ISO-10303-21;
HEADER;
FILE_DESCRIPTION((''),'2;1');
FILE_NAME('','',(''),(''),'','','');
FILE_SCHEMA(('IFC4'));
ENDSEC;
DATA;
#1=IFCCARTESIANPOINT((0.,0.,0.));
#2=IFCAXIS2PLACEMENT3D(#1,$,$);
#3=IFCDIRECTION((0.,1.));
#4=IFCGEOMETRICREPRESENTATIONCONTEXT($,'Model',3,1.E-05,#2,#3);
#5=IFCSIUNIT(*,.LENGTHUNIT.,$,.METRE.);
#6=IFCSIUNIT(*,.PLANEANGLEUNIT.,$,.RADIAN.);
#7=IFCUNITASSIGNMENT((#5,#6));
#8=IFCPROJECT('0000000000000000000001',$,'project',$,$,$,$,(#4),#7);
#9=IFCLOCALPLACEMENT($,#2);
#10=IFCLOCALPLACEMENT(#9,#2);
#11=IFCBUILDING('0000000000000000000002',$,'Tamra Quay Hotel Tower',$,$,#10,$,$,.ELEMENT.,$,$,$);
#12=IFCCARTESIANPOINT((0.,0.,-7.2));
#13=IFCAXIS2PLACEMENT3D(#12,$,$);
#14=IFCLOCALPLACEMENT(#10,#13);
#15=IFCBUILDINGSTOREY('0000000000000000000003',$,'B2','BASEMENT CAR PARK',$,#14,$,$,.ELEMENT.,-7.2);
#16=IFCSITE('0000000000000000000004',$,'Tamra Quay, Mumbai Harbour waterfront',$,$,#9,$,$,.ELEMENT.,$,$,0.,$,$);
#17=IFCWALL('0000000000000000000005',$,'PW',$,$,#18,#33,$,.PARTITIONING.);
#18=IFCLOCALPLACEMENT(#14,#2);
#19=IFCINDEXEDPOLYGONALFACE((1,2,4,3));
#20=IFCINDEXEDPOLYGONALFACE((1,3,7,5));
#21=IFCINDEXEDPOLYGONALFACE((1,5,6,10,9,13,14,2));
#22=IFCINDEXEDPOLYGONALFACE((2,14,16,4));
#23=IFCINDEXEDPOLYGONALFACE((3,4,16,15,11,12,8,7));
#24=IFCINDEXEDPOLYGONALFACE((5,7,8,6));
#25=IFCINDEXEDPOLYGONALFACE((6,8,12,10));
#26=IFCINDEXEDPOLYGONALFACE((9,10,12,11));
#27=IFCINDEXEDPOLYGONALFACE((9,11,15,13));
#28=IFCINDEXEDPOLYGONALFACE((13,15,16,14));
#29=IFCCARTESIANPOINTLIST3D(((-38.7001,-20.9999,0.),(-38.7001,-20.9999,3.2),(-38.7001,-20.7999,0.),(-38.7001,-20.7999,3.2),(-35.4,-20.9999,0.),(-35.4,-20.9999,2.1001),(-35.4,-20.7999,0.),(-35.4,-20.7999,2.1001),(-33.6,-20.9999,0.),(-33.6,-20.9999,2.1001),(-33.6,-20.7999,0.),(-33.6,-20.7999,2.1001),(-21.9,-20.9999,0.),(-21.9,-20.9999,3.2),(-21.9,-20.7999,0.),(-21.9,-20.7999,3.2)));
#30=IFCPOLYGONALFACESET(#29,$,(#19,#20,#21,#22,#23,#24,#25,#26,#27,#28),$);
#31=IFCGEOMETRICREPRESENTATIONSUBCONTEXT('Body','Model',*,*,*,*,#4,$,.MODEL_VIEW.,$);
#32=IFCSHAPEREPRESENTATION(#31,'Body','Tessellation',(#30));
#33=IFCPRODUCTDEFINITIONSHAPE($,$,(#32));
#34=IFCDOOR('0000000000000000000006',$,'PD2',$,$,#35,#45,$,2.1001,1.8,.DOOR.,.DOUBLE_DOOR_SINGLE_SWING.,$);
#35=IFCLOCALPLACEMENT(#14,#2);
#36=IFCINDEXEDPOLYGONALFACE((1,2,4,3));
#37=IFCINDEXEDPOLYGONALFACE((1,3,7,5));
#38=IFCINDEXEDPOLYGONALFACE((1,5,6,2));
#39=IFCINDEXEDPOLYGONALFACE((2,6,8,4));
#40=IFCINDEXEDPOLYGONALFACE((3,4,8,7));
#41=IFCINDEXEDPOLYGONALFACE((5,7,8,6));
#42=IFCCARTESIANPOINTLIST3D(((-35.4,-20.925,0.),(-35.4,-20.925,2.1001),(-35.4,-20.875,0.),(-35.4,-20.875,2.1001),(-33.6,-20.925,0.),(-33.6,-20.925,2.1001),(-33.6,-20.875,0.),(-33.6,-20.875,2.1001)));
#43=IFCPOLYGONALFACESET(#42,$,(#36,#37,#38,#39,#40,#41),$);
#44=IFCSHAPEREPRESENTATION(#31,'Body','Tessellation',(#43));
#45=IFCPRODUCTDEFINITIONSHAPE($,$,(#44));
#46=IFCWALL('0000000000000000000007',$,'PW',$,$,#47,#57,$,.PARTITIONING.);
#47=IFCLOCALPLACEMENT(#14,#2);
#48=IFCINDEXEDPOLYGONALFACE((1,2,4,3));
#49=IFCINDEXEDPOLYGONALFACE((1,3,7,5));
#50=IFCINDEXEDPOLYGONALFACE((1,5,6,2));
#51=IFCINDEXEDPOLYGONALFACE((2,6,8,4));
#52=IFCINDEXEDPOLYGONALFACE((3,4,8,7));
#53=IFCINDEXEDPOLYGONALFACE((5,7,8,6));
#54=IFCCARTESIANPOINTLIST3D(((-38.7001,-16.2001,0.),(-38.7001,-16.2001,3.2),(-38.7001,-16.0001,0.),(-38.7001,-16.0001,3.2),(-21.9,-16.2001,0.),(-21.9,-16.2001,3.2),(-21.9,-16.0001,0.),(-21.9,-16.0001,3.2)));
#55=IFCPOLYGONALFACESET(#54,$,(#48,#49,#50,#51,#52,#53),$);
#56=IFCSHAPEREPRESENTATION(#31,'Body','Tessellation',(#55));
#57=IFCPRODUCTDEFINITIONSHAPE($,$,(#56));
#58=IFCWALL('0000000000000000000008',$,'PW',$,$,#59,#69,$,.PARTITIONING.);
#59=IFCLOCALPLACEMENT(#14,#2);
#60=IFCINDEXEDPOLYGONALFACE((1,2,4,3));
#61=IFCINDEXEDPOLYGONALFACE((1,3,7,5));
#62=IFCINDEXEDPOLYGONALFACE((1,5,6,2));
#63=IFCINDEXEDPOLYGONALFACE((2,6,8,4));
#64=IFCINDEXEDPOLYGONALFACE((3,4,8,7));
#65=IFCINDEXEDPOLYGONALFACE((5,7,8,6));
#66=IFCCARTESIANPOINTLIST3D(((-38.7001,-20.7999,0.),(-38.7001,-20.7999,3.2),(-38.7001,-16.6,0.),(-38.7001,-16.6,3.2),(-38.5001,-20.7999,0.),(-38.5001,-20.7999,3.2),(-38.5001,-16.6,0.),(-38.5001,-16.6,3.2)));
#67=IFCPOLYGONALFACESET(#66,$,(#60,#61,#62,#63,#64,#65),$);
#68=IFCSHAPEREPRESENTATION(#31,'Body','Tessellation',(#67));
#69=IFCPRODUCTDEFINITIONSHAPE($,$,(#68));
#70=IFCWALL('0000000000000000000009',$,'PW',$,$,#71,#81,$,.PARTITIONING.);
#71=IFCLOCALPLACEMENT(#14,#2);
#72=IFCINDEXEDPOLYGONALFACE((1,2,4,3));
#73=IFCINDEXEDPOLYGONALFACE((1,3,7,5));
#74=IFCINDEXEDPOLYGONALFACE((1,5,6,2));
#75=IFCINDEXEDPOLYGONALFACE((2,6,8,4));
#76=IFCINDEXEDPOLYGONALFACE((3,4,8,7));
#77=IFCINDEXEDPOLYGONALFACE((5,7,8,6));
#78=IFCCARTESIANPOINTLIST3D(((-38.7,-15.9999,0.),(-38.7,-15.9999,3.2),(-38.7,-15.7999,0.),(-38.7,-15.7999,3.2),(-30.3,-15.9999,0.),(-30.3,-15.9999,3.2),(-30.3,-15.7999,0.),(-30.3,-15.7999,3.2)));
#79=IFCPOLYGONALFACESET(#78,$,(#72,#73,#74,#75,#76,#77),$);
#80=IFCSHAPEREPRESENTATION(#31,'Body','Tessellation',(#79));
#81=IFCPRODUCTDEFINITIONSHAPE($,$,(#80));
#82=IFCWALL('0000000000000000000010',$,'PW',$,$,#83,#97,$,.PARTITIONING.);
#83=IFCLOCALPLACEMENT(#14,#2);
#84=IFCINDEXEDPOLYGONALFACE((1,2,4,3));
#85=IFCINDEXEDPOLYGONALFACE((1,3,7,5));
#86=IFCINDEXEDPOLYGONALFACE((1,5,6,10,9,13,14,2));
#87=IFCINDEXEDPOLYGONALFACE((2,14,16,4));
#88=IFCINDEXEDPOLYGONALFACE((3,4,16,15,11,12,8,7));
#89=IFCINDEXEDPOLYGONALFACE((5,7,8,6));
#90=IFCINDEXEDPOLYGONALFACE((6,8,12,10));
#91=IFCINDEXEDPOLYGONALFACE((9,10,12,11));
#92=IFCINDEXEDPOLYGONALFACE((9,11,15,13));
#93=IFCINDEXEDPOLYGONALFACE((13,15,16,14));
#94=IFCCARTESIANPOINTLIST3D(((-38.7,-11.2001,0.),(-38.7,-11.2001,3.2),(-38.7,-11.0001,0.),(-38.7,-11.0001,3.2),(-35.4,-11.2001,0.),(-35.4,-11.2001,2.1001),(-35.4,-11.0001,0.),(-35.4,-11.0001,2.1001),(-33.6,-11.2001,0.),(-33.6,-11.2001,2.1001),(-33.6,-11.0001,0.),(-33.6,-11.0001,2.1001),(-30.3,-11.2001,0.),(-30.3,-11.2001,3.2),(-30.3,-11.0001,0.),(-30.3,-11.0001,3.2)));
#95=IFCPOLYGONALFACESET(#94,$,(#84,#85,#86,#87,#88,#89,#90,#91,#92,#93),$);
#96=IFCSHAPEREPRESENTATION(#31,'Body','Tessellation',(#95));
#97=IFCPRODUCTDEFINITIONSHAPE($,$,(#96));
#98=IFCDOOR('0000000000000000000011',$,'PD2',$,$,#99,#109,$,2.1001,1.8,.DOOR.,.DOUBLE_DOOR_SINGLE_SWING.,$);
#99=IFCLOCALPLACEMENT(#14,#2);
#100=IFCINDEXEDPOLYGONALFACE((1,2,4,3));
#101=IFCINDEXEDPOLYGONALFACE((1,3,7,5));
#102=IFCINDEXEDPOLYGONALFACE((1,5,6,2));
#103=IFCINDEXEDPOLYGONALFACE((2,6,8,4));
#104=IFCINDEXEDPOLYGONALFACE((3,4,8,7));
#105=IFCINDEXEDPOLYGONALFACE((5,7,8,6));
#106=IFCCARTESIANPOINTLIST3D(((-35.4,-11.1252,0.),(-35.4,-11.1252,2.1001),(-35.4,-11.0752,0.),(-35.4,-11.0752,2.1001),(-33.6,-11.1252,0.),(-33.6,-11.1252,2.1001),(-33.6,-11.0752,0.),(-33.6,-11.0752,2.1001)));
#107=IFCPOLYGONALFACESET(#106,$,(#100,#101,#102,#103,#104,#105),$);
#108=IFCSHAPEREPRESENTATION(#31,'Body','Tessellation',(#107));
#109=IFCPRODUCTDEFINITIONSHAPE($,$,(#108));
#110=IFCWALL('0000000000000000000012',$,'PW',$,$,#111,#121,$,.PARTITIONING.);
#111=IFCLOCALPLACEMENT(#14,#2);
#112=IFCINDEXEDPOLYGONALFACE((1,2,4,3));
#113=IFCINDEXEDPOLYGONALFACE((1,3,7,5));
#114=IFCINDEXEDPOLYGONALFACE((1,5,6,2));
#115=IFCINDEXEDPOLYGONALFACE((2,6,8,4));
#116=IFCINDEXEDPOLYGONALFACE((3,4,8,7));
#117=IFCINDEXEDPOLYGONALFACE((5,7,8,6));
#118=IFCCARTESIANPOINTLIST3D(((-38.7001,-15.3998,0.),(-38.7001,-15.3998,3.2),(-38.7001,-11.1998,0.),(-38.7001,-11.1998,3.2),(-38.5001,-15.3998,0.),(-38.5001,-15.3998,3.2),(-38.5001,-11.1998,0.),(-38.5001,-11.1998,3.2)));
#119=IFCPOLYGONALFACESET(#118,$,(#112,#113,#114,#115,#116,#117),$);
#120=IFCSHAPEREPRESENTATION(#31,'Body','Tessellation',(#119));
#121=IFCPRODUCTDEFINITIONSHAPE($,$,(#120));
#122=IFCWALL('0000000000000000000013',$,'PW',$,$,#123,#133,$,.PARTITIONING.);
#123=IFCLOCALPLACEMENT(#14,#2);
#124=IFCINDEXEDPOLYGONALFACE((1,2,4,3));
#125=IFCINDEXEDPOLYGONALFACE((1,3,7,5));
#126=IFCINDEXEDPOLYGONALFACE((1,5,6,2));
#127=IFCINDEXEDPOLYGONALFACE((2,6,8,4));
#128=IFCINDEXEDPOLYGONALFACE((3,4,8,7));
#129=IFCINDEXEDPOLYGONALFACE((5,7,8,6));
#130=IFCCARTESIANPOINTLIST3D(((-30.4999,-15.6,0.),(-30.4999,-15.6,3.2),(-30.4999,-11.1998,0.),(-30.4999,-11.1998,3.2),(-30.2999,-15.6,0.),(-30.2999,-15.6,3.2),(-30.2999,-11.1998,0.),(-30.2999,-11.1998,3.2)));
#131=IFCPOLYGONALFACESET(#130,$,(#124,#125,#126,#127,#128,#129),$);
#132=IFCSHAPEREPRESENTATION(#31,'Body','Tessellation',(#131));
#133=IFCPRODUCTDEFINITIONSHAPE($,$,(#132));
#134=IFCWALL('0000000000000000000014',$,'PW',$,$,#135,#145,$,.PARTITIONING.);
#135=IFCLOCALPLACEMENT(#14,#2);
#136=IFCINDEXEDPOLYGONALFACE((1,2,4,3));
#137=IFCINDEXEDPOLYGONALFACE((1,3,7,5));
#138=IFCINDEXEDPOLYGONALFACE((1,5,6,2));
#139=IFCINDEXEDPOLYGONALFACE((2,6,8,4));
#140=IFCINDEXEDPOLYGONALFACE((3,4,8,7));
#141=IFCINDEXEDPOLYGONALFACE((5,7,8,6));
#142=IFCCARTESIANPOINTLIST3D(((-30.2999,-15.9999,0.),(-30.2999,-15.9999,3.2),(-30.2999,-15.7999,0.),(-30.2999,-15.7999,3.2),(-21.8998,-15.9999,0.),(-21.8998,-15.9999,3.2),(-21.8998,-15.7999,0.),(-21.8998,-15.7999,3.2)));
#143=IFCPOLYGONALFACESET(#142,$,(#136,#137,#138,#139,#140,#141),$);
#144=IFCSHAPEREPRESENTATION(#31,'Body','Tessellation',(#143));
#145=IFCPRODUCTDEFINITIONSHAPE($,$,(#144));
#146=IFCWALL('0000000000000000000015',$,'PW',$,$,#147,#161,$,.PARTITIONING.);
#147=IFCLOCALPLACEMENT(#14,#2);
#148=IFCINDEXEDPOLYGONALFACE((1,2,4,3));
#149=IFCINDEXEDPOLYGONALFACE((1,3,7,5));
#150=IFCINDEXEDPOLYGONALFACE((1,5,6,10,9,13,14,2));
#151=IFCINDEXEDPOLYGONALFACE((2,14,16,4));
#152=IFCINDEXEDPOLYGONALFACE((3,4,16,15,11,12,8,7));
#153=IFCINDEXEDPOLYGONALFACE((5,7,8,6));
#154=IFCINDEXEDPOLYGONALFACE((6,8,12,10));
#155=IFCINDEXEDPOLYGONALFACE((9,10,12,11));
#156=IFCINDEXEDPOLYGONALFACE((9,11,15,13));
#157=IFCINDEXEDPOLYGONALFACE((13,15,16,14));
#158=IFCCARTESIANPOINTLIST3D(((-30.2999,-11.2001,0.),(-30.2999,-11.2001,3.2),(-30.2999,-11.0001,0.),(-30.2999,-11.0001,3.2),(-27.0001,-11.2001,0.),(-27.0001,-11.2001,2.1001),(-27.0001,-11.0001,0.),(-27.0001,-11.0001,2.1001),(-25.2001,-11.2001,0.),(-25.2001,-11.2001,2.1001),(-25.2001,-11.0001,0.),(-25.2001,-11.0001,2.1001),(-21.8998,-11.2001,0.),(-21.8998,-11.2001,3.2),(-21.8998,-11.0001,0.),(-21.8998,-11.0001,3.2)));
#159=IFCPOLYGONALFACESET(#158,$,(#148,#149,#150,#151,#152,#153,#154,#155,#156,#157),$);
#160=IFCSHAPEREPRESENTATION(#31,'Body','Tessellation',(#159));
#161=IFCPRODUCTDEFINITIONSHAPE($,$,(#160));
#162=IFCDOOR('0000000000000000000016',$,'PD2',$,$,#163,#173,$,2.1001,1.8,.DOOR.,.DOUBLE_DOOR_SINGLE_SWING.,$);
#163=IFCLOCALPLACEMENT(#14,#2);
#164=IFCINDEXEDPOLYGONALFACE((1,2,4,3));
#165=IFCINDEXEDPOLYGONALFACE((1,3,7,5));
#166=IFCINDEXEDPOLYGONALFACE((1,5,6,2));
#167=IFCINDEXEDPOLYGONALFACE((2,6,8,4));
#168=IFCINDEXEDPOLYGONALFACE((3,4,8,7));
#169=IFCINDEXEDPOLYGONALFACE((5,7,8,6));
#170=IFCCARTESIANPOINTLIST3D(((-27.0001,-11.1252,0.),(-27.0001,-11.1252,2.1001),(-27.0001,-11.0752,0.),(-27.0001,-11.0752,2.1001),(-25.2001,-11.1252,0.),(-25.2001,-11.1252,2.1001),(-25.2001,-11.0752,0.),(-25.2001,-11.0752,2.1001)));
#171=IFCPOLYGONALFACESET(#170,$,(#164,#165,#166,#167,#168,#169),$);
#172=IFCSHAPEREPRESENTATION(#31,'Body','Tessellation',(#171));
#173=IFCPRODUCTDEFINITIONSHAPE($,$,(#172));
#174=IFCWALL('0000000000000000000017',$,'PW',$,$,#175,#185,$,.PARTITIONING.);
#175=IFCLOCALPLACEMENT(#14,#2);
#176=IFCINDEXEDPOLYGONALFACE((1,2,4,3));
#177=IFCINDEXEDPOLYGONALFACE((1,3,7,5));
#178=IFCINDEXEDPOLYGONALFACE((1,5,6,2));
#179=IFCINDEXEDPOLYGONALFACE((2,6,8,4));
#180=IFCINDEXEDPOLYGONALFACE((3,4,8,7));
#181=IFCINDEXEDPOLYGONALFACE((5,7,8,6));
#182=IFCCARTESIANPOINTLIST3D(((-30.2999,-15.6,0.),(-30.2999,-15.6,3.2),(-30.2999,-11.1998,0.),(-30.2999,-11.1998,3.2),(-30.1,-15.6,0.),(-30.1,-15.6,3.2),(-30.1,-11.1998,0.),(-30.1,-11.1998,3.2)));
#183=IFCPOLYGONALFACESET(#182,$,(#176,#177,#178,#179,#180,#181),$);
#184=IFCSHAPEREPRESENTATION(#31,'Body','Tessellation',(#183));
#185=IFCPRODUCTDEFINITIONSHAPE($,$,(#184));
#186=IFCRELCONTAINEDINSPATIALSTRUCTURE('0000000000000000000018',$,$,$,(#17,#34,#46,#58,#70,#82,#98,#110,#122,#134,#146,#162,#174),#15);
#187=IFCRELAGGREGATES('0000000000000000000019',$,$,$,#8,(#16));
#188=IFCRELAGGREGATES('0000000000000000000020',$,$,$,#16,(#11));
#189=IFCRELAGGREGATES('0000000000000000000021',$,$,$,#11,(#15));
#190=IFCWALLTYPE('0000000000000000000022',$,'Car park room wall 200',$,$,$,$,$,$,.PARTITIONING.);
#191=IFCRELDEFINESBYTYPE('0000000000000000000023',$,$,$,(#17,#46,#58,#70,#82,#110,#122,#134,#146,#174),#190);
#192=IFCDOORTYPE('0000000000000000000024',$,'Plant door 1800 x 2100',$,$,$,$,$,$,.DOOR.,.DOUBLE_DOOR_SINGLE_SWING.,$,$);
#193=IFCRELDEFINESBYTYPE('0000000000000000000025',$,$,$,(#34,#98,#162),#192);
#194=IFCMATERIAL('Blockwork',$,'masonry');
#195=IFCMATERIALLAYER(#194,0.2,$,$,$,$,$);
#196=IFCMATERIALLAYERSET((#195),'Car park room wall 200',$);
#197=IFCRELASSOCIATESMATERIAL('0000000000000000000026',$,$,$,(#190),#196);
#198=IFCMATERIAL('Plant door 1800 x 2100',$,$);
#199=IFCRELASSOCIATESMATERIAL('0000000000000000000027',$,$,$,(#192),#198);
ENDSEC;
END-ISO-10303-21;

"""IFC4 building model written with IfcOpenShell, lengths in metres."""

from ifc_helpers import new_model, si_unit, direction, frame, frame_2d, origin, place, context, subcontext, project, spatial, rectangle, extrude, material, layer, layer_set, type_object, element, fill, save


model = new_model("IFC4")

# Units and contexts
model_context = context("Model", 3, precision=1e-05, world=origin(), true_north=direction((0.0, 1.0)))
body_context = subcontext(model_context, "Body", "Model", "MODEL_VIEW")
ifc_project = project(units=[si_unit("LENGTHUNIT", "METRE"), si_unit("PLANEANGLEUNIT", "RADIAN")], contexts=[model_context])

# Site, building, storey
site_placement = place(None, origin())
site = spatial("IfcSite", under=ifc_project, at=site_placement, Name="Tamra Quay, Mumbai Harbour waterfront", CompositionType="ELEMENT", RefElevation=0.0)
building_placement = place(site_placement, origin())
building = spatial("IfcBuilding", under=site, at=building_placement, Name="Tamra Quay Hotel Tower", CompositionType="ELEMENT")
storey_placement = place(building_placement, frame((0.0, 0.0, -7.2)))
storey = spatial("IfcBuildingStorey", under=building, at=storey_placement, Name="B2", Description="BASEMENT CAR PARK", CompositionType="ELEMENT", Elevation=-7.2)

# Shared definitions
ifc_material_1 = material(Name="Blockwork", Category="masonry")
ifc_layer_1 = layer(ifc_material_1, 0.2)
ifc_layer_set_1 = layer_set([ifc_layer_1], Name="Car park room wall 200")
wall_type_1 = type_object("IfcWallType", Name="Car park room wall 200", PredefinedType="PARTITIONING", material=ifc_layer_set_1)

# Shared definitions
ifc_material_2 = material(Name="Plant door 1800 x 2100")
door_type = type_object("IfcDoorType", Name="Plant door 1800 x 2100", OperationType="DOUBLE_DOOR_SINGLE_SWING", PredefinedType="DOOR", material=ifc_material_2)

# Wall, opening, door
wall_1_placement = place(storey_placement, frame((-38.7, -20.8999, 0.0), z_axis=(0.0, 0.0, 1.0), x_axis=(1.0, 0.0, 0.0)))
wall_1 = element("IfcWall", 1, at=wall_1_placement, inside=storey, type_object=wall_type_1, Name="PW", PredefinedType="PARTITIONING", context=body_context, shape_type="SweptSolid", body=[
    extrude(rectangle(XDim=16.8, YDim=0.2, at=frame_2d((8.3999, 0.0))), origin(), (0.0, 0.0, 1.0), 3.2),
])
opening_1_placement = place(wall_1_placement, frame((3.3, 0.0, 0.0)))
opening_1 = element("IfcOpeningElement", 2, at=opening_1_placement, cuts=wall_1, PredefinedType="OPENING", context=body_context, shape_type="SweptSolid", body=[
    extrude(rectangle(XDim=1.8, YDim=2.1001, at=frame_2d((0.8999, 1.05))), frame((0.0, 0.1099, 0.0), z_axis=(0.0, -1.0, 0.0), x_axis=(1.0, 0.0, 0.0)), (0.0, 0.0, 1.0), 0.22),
])
door_1_placement = place(opening_1_placement, origin())
door_1 = element("IfcDoor", 3, at=door_1_placement, inside=storey, type_object=door_type, Name="PD2", OperationType="DOUBLE_DOOR_SINGLE_SWING", OverallHeight=2.1001, OverallWidth=1.8, PredefinedType="DOOR", context=body_context, shape_type="SweptSolid", body=[
    extrude(rectangle(XDim=1.8, YDim=2.1001, at=frame_2d((0.8999, 1.05))), frame((0.0, 0.0249, 0.0), z_axis=(0.0, -1.0, 0.0), x_axis=(1.0, 0.0, 0.0)), (0.0, 0.0, 1.0), 0.05),
])
fill(opening_1, door_1)

# Walls
wall_2_placement = place(storey_placement, frame((-38.7, -16.1001, 0.0), z_axis=(0.0, 0.0, 1.0), x_axis=(1.0, 0.0, 0.0)))
element("IfcWall", 4, at=wall_2_placement, inside=storey, type_object=wall_type_1, Name="PW", PredefinedType="PARTITIONING", context=body_context, shape_type="SweptSolid", body=[
    extrude(rectangle(XDim=16.8, YDim=0.2, at=frame_2d((8.3999, 0.0))), origin(), (0.0, 0.0, 1.0), 3.2),
])
wall_3_placement = place(storey_placement, frame((-38.6001, -20.8, 0.0), z_axis=(0.0, 0.0, 1.0), x_axis=(0.0, 1.0, 0.0)))
element("IfcWall", 5, at=wall_3_placement, inside=storey, type_object=wall_type_1, Name="PW", PredefinedType="PARTITIONING", context=body_context, shape_type="SweptSolid", body=[
    extrude(rectangle(XDim=4.2, YDim=0.2, at=frame_2d((2.1001, 0.0))), origin(), (0.0, 0.0, 1.0), 3.2),
])
wall_4_placement = place(storey_placement, frame((-38.7, -15.8999, 0.0), z_axis=(0.0, 0.0, 1.0), x_axis=(1.0, 0.0, 0.0)))
element("IfcWall", 6, at=wall_4_placement, inside=storey, type_object=wall_type_1, Name="PW", PredefinedType="PARTITIONING", context=body_context, shape_type="SweptSolid", body=[
    extrude(rectangle(XDim=8.3999, YDim=0.2, at=frame_2d((4.2, 0.0))), origin(), (0.0, 0.0, 1.0), 3.2),
])

# Wall, opening, door
wall_5_placement = place(storey_placement, frame((-38.7, -11.1001, 0.0), z_axis=(0.0, 0.0, 1.0), x_axis=(1.0, 0.0, 0.0)))
wall_5 = element("IfcWall", 7, at=wall_5_placement, inside=storey, type_object=wall_type_1, Name="PW", PredefinedType="PARTITIONING", context=body_context, shape_type="SweptSolid", body=[
    extrude(rectangle(XDim=8.3999, YDim=0.2, at=frame_2d((4.2, 0.0))), origin(), (0.0, 0.0, 1.0), 3.2),
])
opening_2_placement = place(wall_5_placement, frame((3.3, 0.0, 0.0)))
opening_2 = element("IfcOpeningElement", 8, at=opening_2_placement, cuts=wall_5, PredefinedType="OPENING", context=body_context, shape_type="SweptSolid", body=[
    extrude(rectangle(XDim=1.8, YDim=2.1001, at=frame_2d((0.8999, 1.05))), frame((0.0, 0.1099, 0.0), z_axis=(0.0, -1.0, 0.0), x_axis=(1.0, 0.0, 0.0)), (0.0, 0.0, 1.0), 0.22),
])
door_2_placement = place(opening_2_placement, origin())
door_2 = element("IfcDoor", 9, at=door_2_placement, inside=storey, type_object=door_type, Name="PD2", OperationType="DOUBLE_DOOR_SINGLE_SWING", OverallHeight=2.1001, OverallWidth=1.8, PredefinedType="DOOR", context=body_context, shape_type="SweptSolid", body=[
    extrude(rectangle(XDim=1.8, YDim=2.1001, at=frame_2d((0.8999, 1.05))), frame((0.0, 0.0249, 0.0), z_axis=(0.0, -1.0, 0.0), x_axis=(1.0, 0.0, 0.0)), (0.0, 0.0, 1.0), 0.05),
])
fill(opening_2, door_2)

# Walls
wall_6_placement = place(storey_placement, frame((-38.6001, -15.3999, 0.0), z_axis=(0.0, 0.0, 1.0), x_axis=(0.0, 1.0, 0.0)))
element("IfcWall", 10, at=wall_6_placement, inside=storey, type_object=wall_type_1, Name="PW", PredefinedType="PARTITIONING", context=body_context, shape_type="SweptSolid", body=[
    extrude(rectangle(XDim=4.2, YDim=0.2, at=frame_2d((2.1001, 0.0))), origin(), (0.0, 0.0, 1.0), 3.2),
])
wall_7_placement = place(storey_placement, frame((-30.3999, -15.6001, 0.0), z_axis=(0.0, 0.0, 1.0), x_axis=(0.0, 1.0, 0.0)))
element("IfcWall", 11, at=wall_7_placement, inside=storey, type_object=wall_type_1, Name="PW", PredefinedType="PARTITIONING", context=body_context, shape_type="SweptSolid", body=[
    extrude(rectangle(XDim=4.4001, YDim=0.2, at=frame_2d((2.2002, 0.0))), origin(), (0.0, 0.0, 1.0), 3.2),
])
wall_8_placement = place(storey_placement, frame((-30.3, -15.8999, 0.0), z_axis=(0.0, 0.0, 1.0), x_axis=(1.0, 0.0, 0.0)))
element("IfcWall", 12, at=wall_8_placement, inside=storey, type_object=wall_type_1, Name="PW", PredefinedType="PARTITIONING", context=body_context, shape_type="SweptSolid", body=[
    extrude(rectangle(XDim=8.4001, YDim=0.2, at=frame_2d((4.2002, 0.0))), origin(), (0.0, 0.0, 1.0), 3.2),
])

# Wall, opening, door
wall_9_placement = place(storey_placement, frame((-30.3, -11.1001, 0.0), z_axis=(0.0, 0.0, 1.0), x_axis=(1.0, 0.0, 0.0)))
wall_9 = element("IfcWall", 13, at=wall_9_placement, inside=storey, type_object=wall_type_1, Name="PW", PredefinedType="PARTITIONING", context=body_context, shape_type="SweptSolid", body=[
    extrude(rectangle(XDim=8.4001, YDim=0.2, at=frame_2d((4.2002, 0.0))), origin(), (0.0, 0.0, 1.0), 3.2),
])
opening_3_placement = place(wall_9_placement, frame((3.3, 0.0, 0.0)))
opening_3 = element("IfcOpeningElement", 14, at=opening_3_placement, cuts=wall_9, PredefinedType="OPENING", context=body_context, shape_type="SweptSolid", body=[
    extrude(rectangle(XDim=1.8, YDim=2.1001, at=frame_2d((0.8999, 1.05))), frame((0.0, 0.1099, 0.0), z_axis=(0.0, -1.0, 0.0), x_axis=(1.0, 0.0, 0.0)), (0.0, 0.0, 1.0), 0.22),
])
door_3_placement = place(opening_3_placement, origin())
door_3 = element("IfcDoor", 15, at=door_3_placement, inside=storey, type_object=door_type, Name="PD2", OperationType="DOUBLE_DOOR_SINGLE_SWING", OverallHeight=2.1001, OverallWidth=1.8, PredefinedType="DOOR", context=body_context, shape_type="SweptSolid", body=[
    extrude(rectangle(XDim=1.8, YDim=2.1001, at=frame_2d((0.8999, 1.05))), frame((0.0, 0.0249, 0.0), z_axis=(0.0, -1.0, 0.0), x_axis=(1.0, 0.0, 0.0)), (0.0, 0.0, 1.0), 0.05),
])
fill(opening_3, door_3)

# Wall
wall_10_placement = place(storey_placement, frame((-30.2, -15.6001, 0.0), z_axis=(0.0, 0.0, 1.0), x_axis=(0.0, 1.0, 0.0)))
element("IfcWall", 16, at=wall_10_placement, inside=storey, type_object=wall_type_1, Name="PW", PredefinedType="PARTITIONING", context=body_context, shape_type="SweptSolid", body=[
    extrude(rectangle(XDim=4.4001, YDim=0.2, at=frame_2d((2.2002, 0.0))), origin(), (0.0, 0.0, 1.0), 3.2),
])

save(model, "model.ifc")
